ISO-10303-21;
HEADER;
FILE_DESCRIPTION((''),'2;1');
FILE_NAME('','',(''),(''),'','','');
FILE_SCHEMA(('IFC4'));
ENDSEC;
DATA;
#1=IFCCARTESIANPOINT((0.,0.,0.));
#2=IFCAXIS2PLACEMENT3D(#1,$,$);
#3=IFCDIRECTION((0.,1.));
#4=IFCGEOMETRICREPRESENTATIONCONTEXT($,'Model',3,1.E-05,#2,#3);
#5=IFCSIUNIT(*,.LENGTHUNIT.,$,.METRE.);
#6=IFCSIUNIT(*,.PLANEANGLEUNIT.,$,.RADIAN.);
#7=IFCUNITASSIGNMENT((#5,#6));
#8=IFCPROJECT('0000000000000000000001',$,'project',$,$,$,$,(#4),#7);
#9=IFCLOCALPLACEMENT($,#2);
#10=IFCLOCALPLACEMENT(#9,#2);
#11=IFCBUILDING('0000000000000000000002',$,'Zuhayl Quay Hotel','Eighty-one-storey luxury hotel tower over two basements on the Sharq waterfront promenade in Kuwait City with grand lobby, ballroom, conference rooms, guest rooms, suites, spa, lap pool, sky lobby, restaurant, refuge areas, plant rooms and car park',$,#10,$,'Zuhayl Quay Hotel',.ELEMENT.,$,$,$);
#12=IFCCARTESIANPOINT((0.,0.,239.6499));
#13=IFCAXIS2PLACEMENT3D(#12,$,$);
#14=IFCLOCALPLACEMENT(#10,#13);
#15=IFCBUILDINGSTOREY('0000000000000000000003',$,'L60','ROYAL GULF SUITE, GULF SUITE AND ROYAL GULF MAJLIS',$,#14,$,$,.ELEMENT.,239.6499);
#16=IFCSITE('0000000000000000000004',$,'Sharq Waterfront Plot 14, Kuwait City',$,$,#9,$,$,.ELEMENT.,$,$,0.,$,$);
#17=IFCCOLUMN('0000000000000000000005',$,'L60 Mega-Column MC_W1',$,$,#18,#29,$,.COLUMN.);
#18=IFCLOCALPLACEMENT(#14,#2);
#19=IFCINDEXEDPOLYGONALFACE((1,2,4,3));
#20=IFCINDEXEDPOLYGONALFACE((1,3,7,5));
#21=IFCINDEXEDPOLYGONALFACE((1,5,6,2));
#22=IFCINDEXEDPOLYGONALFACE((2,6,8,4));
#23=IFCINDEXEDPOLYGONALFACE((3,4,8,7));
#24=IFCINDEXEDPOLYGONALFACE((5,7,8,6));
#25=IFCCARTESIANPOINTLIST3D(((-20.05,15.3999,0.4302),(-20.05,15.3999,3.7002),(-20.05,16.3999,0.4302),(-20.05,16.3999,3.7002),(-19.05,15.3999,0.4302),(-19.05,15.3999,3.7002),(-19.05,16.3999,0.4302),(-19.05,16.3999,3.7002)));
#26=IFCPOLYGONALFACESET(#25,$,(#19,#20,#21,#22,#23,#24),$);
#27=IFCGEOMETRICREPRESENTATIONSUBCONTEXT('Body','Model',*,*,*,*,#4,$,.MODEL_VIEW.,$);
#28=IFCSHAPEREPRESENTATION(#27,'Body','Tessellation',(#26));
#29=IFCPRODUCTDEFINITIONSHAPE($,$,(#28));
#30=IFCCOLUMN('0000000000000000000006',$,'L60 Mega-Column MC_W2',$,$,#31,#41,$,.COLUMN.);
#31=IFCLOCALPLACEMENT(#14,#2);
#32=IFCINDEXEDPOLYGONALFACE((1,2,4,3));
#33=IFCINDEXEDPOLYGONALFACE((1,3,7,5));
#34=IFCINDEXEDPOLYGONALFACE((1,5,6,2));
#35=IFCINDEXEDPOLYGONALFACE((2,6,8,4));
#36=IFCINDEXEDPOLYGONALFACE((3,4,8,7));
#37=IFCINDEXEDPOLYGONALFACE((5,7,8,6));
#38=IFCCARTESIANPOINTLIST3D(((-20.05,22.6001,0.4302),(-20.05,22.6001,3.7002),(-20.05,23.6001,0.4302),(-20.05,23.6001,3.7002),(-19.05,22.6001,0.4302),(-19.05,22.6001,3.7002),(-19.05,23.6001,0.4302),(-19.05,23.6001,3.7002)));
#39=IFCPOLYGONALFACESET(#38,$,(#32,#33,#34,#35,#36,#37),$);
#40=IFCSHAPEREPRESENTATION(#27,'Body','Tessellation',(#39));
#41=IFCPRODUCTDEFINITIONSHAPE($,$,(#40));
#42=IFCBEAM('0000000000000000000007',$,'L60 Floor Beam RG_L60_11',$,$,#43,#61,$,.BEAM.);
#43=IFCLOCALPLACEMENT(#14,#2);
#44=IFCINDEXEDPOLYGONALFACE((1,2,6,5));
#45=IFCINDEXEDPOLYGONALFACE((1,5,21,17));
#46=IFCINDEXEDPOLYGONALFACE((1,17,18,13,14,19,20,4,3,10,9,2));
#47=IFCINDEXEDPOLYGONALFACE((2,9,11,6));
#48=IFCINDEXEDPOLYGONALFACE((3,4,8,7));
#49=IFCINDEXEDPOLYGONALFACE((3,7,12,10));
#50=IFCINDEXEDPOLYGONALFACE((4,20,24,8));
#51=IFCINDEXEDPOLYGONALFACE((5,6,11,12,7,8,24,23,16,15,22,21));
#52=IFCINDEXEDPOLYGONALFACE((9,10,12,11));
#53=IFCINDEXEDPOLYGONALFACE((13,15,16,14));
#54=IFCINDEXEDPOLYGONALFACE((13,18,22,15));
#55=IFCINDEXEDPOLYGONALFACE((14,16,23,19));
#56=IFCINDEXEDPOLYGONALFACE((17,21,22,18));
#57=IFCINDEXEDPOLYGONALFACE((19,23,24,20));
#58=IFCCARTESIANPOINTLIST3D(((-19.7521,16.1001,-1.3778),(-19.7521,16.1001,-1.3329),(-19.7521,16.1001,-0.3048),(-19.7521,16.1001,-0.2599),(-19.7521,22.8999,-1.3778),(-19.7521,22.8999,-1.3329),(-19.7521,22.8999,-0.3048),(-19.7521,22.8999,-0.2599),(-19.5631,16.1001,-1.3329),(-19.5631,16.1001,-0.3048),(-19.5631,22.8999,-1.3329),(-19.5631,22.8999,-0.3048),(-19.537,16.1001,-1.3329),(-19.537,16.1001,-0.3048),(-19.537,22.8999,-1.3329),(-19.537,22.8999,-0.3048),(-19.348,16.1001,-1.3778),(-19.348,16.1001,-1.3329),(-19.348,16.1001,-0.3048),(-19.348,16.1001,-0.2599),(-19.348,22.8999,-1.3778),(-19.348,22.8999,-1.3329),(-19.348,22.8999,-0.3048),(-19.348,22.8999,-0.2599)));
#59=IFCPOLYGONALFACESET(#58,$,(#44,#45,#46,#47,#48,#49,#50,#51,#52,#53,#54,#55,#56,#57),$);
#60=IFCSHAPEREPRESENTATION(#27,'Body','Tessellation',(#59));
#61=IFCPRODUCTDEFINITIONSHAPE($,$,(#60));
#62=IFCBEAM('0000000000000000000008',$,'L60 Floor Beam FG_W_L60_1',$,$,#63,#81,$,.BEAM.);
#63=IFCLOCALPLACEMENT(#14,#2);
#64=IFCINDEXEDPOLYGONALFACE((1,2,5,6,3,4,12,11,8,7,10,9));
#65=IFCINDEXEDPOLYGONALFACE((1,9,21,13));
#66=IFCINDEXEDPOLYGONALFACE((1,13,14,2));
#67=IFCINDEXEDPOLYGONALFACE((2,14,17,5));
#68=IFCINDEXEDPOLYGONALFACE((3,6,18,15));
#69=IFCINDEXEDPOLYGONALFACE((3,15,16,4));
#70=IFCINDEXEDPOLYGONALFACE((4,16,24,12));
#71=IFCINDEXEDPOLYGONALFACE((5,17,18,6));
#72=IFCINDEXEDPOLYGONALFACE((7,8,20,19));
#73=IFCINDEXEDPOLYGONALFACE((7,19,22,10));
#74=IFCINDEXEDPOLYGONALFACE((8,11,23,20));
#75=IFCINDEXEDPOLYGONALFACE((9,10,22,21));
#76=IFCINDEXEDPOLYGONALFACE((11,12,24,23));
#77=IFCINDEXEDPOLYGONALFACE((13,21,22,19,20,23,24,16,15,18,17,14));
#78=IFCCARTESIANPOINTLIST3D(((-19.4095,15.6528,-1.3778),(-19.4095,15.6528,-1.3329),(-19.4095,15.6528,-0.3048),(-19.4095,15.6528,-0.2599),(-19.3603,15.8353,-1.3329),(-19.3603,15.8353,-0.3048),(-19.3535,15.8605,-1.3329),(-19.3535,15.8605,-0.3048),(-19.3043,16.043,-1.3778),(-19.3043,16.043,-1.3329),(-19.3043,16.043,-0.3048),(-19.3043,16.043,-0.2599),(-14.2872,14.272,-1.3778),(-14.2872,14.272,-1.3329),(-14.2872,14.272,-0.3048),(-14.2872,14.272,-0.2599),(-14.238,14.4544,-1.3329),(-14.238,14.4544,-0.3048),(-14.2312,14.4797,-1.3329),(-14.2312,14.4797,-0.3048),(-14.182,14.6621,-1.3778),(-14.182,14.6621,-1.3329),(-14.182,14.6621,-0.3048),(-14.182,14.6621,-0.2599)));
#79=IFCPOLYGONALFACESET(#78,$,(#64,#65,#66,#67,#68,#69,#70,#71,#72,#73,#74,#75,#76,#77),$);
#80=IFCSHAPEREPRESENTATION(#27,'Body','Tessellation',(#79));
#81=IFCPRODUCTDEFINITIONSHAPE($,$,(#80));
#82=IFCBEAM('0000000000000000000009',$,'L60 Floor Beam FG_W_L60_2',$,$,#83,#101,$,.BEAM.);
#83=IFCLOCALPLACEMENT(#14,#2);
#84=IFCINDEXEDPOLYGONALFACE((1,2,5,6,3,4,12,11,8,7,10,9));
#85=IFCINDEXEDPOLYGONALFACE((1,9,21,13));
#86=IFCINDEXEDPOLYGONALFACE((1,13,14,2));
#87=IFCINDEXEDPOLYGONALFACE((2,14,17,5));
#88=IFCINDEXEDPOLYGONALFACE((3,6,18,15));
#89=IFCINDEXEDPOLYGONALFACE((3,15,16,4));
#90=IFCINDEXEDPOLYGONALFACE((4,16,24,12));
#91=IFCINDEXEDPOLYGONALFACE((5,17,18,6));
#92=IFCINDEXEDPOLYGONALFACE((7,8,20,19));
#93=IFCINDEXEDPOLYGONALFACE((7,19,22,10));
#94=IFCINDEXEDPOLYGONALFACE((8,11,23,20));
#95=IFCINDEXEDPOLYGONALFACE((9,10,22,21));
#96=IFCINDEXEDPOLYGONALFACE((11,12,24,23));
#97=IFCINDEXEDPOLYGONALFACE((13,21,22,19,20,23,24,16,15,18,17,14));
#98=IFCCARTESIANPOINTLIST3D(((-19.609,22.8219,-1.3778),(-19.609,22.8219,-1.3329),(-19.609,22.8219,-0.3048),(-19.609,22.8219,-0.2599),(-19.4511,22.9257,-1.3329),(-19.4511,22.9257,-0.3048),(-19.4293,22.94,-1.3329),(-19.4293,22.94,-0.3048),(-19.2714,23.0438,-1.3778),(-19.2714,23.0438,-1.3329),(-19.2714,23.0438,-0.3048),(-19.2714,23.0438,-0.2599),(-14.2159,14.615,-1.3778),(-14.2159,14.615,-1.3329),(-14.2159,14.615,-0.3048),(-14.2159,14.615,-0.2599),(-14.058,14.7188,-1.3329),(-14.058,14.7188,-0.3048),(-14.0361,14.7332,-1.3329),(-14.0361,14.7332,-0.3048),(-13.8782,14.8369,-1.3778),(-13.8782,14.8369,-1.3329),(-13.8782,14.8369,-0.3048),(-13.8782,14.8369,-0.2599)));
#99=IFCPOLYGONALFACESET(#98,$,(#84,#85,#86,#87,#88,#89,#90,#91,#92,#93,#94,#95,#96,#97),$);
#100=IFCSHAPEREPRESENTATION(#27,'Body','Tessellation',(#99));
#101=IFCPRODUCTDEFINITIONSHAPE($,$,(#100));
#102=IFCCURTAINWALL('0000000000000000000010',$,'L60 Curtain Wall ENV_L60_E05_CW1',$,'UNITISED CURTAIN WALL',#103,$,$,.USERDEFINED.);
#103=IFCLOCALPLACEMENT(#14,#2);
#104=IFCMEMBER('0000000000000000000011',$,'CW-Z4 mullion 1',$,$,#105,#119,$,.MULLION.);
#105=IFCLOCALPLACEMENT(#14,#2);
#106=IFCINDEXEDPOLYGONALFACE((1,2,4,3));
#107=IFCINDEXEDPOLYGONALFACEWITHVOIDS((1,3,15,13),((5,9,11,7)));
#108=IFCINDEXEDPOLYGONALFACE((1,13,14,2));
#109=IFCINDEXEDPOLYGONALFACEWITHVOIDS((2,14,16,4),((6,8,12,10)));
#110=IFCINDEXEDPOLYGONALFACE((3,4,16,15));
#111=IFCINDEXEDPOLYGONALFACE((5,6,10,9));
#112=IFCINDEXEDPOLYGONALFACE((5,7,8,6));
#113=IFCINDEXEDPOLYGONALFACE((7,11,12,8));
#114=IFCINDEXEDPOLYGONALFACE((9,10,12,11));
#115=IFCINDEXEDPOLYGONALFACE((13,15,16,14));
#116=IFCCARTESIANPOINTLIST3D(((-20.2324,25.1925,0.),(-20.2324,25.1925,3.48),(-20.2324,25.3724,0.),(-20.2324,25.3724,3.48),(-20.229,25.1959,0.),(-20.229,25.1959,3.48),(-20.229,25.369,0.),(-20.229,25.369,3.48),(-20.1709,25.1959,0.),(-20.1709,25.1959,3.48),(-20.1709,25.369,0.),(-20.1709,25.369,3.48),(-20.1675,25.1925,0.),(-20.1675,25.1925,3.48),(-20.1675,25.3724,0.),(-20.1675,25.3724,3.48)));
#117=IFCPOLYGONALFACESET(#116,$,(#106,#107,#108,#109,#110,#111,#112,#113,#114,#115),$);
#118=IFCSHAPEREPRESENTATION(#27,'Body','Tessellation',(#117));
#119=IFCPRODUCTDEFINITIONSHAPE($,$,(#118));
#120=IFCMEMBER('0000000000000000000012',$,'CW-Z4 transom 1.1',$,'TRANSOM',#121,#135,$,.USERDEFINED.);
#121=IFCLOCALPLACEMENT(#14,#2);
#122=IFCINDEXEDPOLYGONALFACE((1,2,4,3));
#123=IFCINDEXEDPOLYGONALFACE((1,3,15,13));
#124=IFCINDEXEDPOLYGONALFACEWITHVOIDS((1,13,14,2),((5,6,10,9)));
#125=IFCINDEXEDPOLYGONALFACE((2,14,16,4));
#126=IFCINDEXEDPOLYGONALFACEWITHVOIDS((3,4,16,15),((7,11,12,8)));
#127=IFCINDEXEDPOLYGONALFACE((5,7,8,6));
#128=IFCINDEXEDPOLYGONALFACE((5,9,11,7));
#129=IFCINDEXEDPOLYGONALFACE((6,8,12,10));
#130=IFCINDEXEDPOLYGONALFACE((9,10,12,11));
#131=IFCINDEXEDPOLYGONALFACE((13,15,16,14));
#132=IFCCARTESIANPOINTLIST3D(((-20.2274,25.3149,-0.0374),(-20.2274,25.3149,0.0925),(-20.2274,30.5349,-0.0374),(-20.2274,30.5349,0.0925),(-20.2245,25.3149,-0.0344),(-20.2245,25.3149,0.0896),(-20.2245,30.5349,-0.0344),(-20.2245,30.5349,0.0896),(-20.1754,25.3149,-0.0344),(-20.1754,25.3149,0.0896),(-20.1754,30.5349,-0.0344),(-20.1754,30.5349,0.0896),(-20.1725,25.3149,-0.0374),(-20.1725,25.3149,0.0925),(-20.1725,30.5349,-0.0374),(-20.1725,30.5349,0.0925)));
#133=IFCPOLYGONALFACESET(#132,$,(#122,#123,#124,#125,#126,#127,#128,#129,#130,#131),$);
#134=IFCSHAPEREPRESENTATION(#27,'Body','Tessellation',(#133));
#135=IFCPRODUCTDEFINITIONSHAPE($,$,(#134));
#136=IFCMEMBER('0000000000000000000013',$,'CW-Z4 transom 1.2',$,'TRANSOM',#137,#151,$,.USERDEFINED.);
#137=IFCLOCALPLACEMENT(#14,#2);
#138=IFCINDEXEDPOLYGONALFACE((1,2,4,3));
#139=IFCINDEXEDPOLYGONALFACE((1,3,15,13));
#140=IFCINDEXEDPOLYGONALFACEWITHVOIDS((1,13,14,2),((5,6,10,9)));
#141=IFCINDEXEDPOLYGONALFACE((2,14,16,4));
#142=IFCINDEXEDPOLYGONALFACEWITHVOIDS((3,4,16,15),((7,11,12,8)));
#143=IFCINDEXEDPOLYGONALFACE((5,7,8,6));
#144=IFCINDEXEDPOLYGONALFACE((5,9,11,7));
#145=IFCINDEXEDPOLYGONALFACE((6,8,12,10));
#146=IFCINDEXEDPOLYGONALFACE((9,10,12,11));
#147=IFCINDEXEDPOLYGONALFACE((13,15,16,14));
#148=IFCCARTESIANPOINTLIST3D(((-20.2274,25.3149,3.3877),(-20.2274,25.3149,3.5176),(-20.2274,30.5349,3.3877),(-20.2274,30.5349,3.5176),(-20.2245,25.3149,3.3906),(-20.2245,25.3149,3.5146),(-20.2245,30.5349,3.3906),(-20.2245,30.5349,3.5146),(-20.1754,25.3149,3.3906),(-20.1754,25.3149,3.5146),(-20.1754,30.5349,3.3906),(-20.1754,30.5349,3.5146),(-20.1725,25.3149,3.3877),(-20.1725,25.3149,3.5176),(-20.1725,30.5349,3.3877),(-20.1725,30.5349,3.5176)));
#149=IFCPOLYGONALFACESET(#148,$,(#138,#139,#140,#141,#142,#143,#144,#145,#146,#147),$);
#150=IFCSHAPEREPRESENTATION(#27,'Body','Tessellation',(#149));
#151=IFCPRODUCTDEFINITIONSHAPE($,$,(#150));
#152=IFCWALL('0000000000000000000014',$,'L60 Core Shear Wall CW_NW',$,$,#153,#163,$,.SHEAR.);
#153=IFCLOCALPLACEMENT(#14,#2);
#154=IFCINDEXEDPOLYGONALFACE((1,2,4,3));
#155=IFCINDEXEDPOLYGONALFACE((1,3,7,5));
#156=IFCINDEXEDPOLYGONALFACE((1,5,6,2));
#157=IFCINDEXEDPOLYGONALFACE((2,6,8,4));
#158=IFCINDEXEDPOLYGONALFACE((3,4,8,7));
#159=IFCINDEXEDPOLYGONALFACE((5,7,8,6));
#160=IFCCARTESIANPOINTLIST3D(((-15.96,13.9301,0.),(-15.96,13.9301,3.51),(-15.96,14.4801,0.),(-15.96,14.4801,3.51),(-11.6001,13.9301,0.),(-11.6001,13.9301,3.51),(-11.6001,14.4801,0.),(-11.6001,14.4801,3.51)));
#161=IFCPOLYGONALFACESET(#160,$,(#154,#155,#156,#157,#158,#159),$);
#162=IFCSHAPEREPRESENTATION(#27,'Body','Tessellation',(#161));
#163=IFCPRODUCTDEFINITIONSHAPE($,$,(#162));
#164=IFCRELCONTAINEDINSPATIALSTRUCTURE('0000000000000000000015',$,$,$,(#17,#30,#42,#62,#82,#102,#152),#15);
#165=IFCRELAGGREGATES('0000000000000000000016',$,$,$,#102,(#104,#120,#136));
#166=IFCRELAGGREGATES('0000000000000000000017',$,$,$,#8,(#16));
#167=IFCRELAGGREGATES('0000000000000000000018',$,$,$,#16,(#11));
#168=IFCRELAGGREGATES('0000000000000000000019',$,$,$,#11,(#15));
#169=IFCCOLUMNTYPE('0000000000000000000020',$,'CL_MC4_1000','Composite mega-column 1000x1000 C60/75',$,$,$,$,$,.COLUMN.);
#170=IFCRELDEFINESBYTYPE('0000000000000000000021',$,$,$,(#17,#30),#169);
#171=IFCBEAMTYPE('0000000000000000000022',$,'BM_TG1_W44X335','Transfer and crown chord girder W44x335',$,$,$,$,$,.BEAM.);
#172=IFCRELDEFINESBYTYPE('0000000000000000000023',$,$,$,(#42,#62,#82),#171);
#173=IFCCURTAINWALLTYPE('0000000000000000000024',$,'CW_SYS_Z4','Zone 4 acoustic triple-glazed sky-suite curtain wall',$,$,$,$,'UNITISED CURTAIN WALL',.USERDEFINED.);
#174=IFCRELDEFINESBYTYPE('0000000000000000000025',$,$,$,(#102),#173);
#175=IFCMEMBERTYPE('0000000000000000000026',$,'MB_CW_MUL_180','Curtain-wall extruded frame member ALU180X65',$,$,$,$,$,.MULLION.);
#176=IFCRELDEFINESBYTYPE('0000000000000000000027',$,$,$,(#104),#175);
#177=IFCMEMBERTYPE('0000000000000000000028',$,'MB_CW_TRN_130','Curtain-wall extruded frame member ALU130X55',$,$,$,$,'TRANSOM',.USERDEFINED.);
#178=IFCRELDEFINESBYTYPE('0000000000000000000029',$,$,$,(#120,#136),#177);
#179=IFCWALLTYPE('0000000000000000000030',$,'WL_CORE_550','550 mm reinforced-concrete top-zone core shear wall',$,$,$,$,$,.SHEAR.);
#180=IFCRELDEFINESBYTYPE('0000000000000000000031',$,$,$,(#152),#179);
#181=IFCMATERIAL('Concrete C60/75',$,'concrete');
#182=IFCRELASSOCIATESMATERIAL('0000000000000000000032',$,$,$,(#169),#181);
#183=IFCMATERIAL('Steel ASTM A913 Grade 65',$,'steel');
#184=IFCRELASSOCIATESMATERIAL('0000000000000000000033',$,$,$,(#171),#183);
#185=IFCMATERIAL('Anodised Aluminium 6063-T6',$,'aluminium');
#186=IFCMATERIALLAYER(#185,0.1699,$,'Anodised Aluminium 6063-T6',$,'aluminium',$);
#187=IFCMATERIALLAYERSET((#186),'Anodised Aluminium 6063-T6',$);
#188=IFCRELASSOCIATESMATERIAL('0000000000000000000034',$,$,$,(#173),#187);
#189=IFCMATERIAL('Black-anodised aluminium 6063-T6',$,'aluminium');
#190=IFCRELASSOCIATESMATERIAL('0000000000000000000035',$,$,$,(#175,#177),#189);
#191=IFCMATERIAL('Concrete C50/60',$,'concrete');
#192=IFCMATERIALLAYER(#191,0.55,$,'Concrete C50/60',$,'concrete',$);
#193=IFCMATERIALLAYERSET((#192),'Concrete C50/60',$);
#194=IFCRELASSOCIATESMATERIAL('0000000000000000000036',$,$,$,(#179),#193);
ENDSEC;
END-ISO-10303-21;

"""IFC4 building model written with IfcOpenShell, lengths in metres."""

from ifc_helpers import new_model, si_unit, direction, frame, frame_2d, origin, origin_2d, place, context, subcontext, project, spatial, rectangle, hollow_rectangle, i_section, extrude, material, layer, layer_set, material_profile, profile_set, type_object, element, aggregate, save


model = new_model("IFC4")

# Units and contexts
model_context = context("Model", 3, precision=1e-05, world=origin(), true_north=direction((0.0, 1.0)))
body_context = subcontext(model_context, "Body", "Model", "MODEL_VIEW")
ifc_project = project(units=[si_unit("LENGTHUNIT", "METRE"), si_unit("PLANEANGLEUNIT", "RADIAN")], contexts=[model_context])

# Site, building, storey
site_placement = place(None, origin())
site = spatial("IfcSite", under=ifc_project, at=site_placement, Name="Sharq Waterfront Plot 14, Kuwait City", CompositionType="ELEMENT", RefElevation=0.0)
building_placement = place(site_placement, origin())
building = spatial("IfcBuilding", under=site, at=building_placement, Name="Zuhayl Quay Hotel", Description="Eighty-one-storey luxury hotel tower over two basements on the Sharq waterfront promenade in Kuwait City with grand lobby, ballroom, conference rooms, guest rooms, suites, spa, lap pool, sky lobby, restaurant, refuge areas, plant rooms and car park", LongName="Zuhayl Quay Hotel", CompositionType="ELEMENT")
storey_placement = place(building_placement, frame((0.0, 0.0, 239.6499)))
storey = spatial("IfcBuildingStorey", under=building, at=storey_placement, Name="L60", Description="ROYAL GULF SUITE, GULF SUITE AND ROYAL GULF MAJLIS", CompositionType="ELEMENT", Elevation=239.6499)

# Columns
ifc_material_1 = material(Name="Concrete C60/75", Category="concrete")
ifc_material_profile_1 = material_profile(ifc_material_1, rectangle(XDim=1.0, YDim=1.0, at=origin_2d()), Name="RC1000X1000")
ifc_profile_set_1 = profile_set([ifc_material_profile_1], Name="Concrete C60/75")
column_type = type_object("IfcColumnType", Name="CL_MC4_1000", Description="Composite mega-column 1000x1000 C60/75", PredefinedType="COLUMN", material=ifc_profile_set_1)
for number, where, z_axis, x_axis, name in (
    (1, (-19.55, 15.8999, 0.4302), (0.0, 0.0, 1.0), (1.0, 0.0, 0.0), "L60 Mega-Column MC_W1"),
    (2, (-19.55, 23.1001, 0.4302), (0.0, 0.0, 1.0), (1.0, 0.0, 0.0), "L60 Mega-Column MC_W2"),
):
    element("IfcColumn", number, at=place(storey_placement, frame(where, z_axis=z_axis, x_axis=x_axis)), inside=storey, type_object=column_type, Name=name, PredefinedType="COLUMN", context=body_context, shape_type="SweptSolid", body=[
        extrude(rectangle(XDim=1.0, YDim=1.0, at=origin_2d()), origin(), (0.0, 0.0, 1.0), 3.27),
    ])

# Beams
ifc_material_2 = material(Name="Steel ASTM A913 Grade 65", Category="steel")
ifc_material_profile_2 = material_profile(ifc_material_2, i_section(OverallWidth=0.4041, OverallDepth=1.1179, WebThickness=0.0261, FlangeThickness=0.0449, at=origin_2d()), Name="W44X335")
ifc_profile_set_2 = profile_set([ifc_material_profile_2], Name="Steel ASTM A913 Grade 65")
beam_type = type_object("IfcBeamType", Name="BM_TG1_W44X335", Description="Transfer and crown chord girder W44x335", PredefinedType="BEAM", material=ifc_profile_set_2)
beam_1_placement = place(storey_placement, frame((-19.55, 22.8999, -0.8188), z_axis=(0.0, -1.0, 0.0), x_axis=(1.0, 0.0, 0.0)))
element("IfcBeam", 3, at=beam_1_placement, inside=storey, type_object=beam_type, Name="L60 Floor Beam RG_L60_11", PredefinedType="BEAM", context=body_context, shape_type="SweptSolid", body=[
    extrude(i_section(OverallWidth=0.4041, OverallDepth=1.1179, WebThickness=0.0261, FlangeThickness=0.0449, at=origin_2d()), origin(), (0.0, 0.0, 1.0), 6.7998),
])
beam_2_placement = place(storey_placement, frame((-19.3569, 15.8479, -0.8188), z_axis=(0.965532, -0.260285, 0.0), x_axis=(0.260285, 0.965532, 0.0)))
element("IfcBeam", 4, at=beam_2_placement, inside=storey, type_object=beam_type, Name="L60 Floor Beam FG_W_L60_1", PredefinedType="BEAM", context=body_context, shape_type="SweptSolid", body=[
    extrude(i_section(OverallWidth=0.4041, OverallDepth=1.1179, WebThickness=0.0261, FlangeThickness=0.0449, at=origin_2d()), origin(), (0.0, 0.0, 1.0), 5.3052),
])
beam_3_placement = place(storey_placement, frame((-19.4402, 22.9329, -0.8188), z_axis=(0.54918, -0.835704, 0.0), x_axis=(0.835704, 0.54918, 0.0)))
element("IfcBeam", 5, at=beam_3_placement, inside=storey, type_object=beam_type, Name="L60 Floor Beam FG_W_L60_2", PredefinedType="BEAM", context=body_context, shape_type="SweptSolid", body=[
    extrude(i_section(OverallWidth=0.4041, OverallDepth=1.1179, WebThickness=0.0261, FlangeThickness=0.0449, at=origin_2d()), origin(), (0.0, 0.0, 1.0), 9.8203),
])

# Curtain wall, members
ifc_material_3 = material(Name="Anodised Aluminium 6063-T6", Category="aluminium")
ifc_layer_1 = layer(ifc_material_3, 0.1699, Name="Anodised Aluminium 6063-T6", Category="aluminium")
ifc_layer_set_1 = layer_set([ifc_layer_1], Name="Anodised Aluminium 6063-T6")
curtain_wall_type = type_object("IfcCurtainWallType", Name="CW_SYS_Z4", Description="Zone 4 acoustic triple-glazed sky-suite curtain wall", ElementType="UNITISED CURTAIN WALL", PredefinedType="USERDEFINED", material=ifc_layer_set_1)
curtain_wall_placement = place(storey_placement, origin())
curtain_wall = element("IfcCurtainWall", 6, at=curtain_wall_placement, inside=storey, type_object=curtain_wall_type, Name="L60 Curtain Wall ENV_L60_E05_CW1", ObjectType="UNITISED CURTAIN WALL", PredefinedType="USERDEFINED")
ifc_material_4 = material(Name="Black-anodised aluminium 6063-T6", Category="aluminium")
ifc_material_profile_3 = material_profile(ifc_material_4, hollow_rectangle(XDim=0.0649, YDim=0.1799, WallThickness=0.0034, at=origin_2d()), Name="ALU180X65")
ifc_profile_set_3 = profile_set([ifc_material_profile_3], Name="Black-anodised aluminium 6063-T6")
member_type_1 = type_object("IfcMemberType", Name="MB_CW_MUL_180", Description="Curtain-wall extruded frame member ALU180X65", PredefinedType="MULLION", material=ifc_profile_set_3)
member_1_placement = place(storey_placement, frame((-20.2, 25.2825, 0.0), z_axis=(0.0, 0.0, 1.0), x_axis=(-1.0, 0.0, 0.0)))
member_1 = element("IfcMember", 7, at=member_1_placement, type_object=member_type_1, Name="CW-Z4 mullion 1", PredefinedType="MULLION", context=body_context, shape_type="SweptSolid", body=[
    extrude(hollow_rectangle(XDim=0.0649, YDim=0.1799, WallThickness=0.0034, at=origin_2d()), origin(), (0.0, 0.0, 1.0), 3.48),
])
ifc_material_profile_4 = material_profile(ifc_material_4, hollow_rectangle(XDim=0.0549, YDim=0.1299, WallThickness=0.0029, at=origin_2d()), Name="ALU130X55")
ifc_profile_set_4 = profile_set([ifc_material_profile_4], Name="Black-anodised aluminium 6063-T6")
member_type_2 = type_object("IfcMemberType", Name="MB_CW_TRN_130", Description="Curtain-wall extruded frame member ALU130X55", ElementType="TRANSOM", PredefinedType="USERDEFINED", material=ifc_profile_set_4)
member_2_placement = place(storey_placement, frame((-20.2, 25.3149, 0.0276), z_axis=(0.0, 1.0, 0.0), x_axis=(-1.0, 0.0, 0.0)))
member_2 = element("IfcMember", 8, at=member_2_placement, type_object=member_type_2, Name="CW-Z4 transom 1.1", ObjectType="TRANSOM", PredefinedType="USERDEFINED", context=body_context, shape_type="SweptSolid", body=[
    extrude(hollow_rectangle(XDim=0.0549, YDim=0.1299, WallThickness=0.0029, at=origin_2d()), origin(), (0.0, 0.0, 1.0), 5.22),
])
member_3_placement = place(storey_placement, frame((-20.2, 25.3149, 3.4526), z_axis=(0.0, 1.0, 0.0), x_axis=(-1.0, 0.0, 0.0)))
member_3 = element("IfcMember", 9, at=member_3_placement, type_object=member_type_2, Name="CW-Z4 transom 1.2", ObjectType="TRANSOM", PredefinedType="USERDEFINED", context=body_context, shape_type="SweptSolid", body=[
    extrude(hollow_rectangle(XDim=0.0549, YDim=0.1299, WallThickness=0.0029, at=origin_2d()), origin(), (0.0, 0.0, 1.0), 5.22),
])
aggregate(curtain_wall, [member_1, member_2, member_3])

# Wall
ifc_material_5 = material(Name="Concrete C50/60", Category="concrete")
ifc_layer_2 = layer(ifc_material_5, 0.55, Name="Concrete C50/60", Category="concrete")
ifc_layer_set_2 = layer_set([ifc_layer_2], Name="Concrete C50/60")
wall_type_1 = type_object("IfcWallType", Name="WL_CORE_550", Description="550 mm reinforced-concrete top-zone core shear wall", PredefinedType="SHEAR", material=ifc_layer_set_2)
wall_1_placement = place(storey_placement, frame((-15.96, 14.2051, 0.0), z_axis=(0.0, 0.0, 1.0), x_axis=(1.0, 0.0, 0.0)))
element("IfcWall", 10, at=wall_1_placement, inside=storey, type_object=wall_type_1, Name="L60 Core Shear Wall CW_NW", PredefinedType="SHEAR", context=body_context, shape_type="SweptSolid", body=[
    extrude(rectangle(XDim=4.3599, YDim=0.55, at=frame_2d((2.1799, 0.0))), origin(), (0.0, 0.0, 1.0), 3.51),
])

save(model, "model.ifc")
